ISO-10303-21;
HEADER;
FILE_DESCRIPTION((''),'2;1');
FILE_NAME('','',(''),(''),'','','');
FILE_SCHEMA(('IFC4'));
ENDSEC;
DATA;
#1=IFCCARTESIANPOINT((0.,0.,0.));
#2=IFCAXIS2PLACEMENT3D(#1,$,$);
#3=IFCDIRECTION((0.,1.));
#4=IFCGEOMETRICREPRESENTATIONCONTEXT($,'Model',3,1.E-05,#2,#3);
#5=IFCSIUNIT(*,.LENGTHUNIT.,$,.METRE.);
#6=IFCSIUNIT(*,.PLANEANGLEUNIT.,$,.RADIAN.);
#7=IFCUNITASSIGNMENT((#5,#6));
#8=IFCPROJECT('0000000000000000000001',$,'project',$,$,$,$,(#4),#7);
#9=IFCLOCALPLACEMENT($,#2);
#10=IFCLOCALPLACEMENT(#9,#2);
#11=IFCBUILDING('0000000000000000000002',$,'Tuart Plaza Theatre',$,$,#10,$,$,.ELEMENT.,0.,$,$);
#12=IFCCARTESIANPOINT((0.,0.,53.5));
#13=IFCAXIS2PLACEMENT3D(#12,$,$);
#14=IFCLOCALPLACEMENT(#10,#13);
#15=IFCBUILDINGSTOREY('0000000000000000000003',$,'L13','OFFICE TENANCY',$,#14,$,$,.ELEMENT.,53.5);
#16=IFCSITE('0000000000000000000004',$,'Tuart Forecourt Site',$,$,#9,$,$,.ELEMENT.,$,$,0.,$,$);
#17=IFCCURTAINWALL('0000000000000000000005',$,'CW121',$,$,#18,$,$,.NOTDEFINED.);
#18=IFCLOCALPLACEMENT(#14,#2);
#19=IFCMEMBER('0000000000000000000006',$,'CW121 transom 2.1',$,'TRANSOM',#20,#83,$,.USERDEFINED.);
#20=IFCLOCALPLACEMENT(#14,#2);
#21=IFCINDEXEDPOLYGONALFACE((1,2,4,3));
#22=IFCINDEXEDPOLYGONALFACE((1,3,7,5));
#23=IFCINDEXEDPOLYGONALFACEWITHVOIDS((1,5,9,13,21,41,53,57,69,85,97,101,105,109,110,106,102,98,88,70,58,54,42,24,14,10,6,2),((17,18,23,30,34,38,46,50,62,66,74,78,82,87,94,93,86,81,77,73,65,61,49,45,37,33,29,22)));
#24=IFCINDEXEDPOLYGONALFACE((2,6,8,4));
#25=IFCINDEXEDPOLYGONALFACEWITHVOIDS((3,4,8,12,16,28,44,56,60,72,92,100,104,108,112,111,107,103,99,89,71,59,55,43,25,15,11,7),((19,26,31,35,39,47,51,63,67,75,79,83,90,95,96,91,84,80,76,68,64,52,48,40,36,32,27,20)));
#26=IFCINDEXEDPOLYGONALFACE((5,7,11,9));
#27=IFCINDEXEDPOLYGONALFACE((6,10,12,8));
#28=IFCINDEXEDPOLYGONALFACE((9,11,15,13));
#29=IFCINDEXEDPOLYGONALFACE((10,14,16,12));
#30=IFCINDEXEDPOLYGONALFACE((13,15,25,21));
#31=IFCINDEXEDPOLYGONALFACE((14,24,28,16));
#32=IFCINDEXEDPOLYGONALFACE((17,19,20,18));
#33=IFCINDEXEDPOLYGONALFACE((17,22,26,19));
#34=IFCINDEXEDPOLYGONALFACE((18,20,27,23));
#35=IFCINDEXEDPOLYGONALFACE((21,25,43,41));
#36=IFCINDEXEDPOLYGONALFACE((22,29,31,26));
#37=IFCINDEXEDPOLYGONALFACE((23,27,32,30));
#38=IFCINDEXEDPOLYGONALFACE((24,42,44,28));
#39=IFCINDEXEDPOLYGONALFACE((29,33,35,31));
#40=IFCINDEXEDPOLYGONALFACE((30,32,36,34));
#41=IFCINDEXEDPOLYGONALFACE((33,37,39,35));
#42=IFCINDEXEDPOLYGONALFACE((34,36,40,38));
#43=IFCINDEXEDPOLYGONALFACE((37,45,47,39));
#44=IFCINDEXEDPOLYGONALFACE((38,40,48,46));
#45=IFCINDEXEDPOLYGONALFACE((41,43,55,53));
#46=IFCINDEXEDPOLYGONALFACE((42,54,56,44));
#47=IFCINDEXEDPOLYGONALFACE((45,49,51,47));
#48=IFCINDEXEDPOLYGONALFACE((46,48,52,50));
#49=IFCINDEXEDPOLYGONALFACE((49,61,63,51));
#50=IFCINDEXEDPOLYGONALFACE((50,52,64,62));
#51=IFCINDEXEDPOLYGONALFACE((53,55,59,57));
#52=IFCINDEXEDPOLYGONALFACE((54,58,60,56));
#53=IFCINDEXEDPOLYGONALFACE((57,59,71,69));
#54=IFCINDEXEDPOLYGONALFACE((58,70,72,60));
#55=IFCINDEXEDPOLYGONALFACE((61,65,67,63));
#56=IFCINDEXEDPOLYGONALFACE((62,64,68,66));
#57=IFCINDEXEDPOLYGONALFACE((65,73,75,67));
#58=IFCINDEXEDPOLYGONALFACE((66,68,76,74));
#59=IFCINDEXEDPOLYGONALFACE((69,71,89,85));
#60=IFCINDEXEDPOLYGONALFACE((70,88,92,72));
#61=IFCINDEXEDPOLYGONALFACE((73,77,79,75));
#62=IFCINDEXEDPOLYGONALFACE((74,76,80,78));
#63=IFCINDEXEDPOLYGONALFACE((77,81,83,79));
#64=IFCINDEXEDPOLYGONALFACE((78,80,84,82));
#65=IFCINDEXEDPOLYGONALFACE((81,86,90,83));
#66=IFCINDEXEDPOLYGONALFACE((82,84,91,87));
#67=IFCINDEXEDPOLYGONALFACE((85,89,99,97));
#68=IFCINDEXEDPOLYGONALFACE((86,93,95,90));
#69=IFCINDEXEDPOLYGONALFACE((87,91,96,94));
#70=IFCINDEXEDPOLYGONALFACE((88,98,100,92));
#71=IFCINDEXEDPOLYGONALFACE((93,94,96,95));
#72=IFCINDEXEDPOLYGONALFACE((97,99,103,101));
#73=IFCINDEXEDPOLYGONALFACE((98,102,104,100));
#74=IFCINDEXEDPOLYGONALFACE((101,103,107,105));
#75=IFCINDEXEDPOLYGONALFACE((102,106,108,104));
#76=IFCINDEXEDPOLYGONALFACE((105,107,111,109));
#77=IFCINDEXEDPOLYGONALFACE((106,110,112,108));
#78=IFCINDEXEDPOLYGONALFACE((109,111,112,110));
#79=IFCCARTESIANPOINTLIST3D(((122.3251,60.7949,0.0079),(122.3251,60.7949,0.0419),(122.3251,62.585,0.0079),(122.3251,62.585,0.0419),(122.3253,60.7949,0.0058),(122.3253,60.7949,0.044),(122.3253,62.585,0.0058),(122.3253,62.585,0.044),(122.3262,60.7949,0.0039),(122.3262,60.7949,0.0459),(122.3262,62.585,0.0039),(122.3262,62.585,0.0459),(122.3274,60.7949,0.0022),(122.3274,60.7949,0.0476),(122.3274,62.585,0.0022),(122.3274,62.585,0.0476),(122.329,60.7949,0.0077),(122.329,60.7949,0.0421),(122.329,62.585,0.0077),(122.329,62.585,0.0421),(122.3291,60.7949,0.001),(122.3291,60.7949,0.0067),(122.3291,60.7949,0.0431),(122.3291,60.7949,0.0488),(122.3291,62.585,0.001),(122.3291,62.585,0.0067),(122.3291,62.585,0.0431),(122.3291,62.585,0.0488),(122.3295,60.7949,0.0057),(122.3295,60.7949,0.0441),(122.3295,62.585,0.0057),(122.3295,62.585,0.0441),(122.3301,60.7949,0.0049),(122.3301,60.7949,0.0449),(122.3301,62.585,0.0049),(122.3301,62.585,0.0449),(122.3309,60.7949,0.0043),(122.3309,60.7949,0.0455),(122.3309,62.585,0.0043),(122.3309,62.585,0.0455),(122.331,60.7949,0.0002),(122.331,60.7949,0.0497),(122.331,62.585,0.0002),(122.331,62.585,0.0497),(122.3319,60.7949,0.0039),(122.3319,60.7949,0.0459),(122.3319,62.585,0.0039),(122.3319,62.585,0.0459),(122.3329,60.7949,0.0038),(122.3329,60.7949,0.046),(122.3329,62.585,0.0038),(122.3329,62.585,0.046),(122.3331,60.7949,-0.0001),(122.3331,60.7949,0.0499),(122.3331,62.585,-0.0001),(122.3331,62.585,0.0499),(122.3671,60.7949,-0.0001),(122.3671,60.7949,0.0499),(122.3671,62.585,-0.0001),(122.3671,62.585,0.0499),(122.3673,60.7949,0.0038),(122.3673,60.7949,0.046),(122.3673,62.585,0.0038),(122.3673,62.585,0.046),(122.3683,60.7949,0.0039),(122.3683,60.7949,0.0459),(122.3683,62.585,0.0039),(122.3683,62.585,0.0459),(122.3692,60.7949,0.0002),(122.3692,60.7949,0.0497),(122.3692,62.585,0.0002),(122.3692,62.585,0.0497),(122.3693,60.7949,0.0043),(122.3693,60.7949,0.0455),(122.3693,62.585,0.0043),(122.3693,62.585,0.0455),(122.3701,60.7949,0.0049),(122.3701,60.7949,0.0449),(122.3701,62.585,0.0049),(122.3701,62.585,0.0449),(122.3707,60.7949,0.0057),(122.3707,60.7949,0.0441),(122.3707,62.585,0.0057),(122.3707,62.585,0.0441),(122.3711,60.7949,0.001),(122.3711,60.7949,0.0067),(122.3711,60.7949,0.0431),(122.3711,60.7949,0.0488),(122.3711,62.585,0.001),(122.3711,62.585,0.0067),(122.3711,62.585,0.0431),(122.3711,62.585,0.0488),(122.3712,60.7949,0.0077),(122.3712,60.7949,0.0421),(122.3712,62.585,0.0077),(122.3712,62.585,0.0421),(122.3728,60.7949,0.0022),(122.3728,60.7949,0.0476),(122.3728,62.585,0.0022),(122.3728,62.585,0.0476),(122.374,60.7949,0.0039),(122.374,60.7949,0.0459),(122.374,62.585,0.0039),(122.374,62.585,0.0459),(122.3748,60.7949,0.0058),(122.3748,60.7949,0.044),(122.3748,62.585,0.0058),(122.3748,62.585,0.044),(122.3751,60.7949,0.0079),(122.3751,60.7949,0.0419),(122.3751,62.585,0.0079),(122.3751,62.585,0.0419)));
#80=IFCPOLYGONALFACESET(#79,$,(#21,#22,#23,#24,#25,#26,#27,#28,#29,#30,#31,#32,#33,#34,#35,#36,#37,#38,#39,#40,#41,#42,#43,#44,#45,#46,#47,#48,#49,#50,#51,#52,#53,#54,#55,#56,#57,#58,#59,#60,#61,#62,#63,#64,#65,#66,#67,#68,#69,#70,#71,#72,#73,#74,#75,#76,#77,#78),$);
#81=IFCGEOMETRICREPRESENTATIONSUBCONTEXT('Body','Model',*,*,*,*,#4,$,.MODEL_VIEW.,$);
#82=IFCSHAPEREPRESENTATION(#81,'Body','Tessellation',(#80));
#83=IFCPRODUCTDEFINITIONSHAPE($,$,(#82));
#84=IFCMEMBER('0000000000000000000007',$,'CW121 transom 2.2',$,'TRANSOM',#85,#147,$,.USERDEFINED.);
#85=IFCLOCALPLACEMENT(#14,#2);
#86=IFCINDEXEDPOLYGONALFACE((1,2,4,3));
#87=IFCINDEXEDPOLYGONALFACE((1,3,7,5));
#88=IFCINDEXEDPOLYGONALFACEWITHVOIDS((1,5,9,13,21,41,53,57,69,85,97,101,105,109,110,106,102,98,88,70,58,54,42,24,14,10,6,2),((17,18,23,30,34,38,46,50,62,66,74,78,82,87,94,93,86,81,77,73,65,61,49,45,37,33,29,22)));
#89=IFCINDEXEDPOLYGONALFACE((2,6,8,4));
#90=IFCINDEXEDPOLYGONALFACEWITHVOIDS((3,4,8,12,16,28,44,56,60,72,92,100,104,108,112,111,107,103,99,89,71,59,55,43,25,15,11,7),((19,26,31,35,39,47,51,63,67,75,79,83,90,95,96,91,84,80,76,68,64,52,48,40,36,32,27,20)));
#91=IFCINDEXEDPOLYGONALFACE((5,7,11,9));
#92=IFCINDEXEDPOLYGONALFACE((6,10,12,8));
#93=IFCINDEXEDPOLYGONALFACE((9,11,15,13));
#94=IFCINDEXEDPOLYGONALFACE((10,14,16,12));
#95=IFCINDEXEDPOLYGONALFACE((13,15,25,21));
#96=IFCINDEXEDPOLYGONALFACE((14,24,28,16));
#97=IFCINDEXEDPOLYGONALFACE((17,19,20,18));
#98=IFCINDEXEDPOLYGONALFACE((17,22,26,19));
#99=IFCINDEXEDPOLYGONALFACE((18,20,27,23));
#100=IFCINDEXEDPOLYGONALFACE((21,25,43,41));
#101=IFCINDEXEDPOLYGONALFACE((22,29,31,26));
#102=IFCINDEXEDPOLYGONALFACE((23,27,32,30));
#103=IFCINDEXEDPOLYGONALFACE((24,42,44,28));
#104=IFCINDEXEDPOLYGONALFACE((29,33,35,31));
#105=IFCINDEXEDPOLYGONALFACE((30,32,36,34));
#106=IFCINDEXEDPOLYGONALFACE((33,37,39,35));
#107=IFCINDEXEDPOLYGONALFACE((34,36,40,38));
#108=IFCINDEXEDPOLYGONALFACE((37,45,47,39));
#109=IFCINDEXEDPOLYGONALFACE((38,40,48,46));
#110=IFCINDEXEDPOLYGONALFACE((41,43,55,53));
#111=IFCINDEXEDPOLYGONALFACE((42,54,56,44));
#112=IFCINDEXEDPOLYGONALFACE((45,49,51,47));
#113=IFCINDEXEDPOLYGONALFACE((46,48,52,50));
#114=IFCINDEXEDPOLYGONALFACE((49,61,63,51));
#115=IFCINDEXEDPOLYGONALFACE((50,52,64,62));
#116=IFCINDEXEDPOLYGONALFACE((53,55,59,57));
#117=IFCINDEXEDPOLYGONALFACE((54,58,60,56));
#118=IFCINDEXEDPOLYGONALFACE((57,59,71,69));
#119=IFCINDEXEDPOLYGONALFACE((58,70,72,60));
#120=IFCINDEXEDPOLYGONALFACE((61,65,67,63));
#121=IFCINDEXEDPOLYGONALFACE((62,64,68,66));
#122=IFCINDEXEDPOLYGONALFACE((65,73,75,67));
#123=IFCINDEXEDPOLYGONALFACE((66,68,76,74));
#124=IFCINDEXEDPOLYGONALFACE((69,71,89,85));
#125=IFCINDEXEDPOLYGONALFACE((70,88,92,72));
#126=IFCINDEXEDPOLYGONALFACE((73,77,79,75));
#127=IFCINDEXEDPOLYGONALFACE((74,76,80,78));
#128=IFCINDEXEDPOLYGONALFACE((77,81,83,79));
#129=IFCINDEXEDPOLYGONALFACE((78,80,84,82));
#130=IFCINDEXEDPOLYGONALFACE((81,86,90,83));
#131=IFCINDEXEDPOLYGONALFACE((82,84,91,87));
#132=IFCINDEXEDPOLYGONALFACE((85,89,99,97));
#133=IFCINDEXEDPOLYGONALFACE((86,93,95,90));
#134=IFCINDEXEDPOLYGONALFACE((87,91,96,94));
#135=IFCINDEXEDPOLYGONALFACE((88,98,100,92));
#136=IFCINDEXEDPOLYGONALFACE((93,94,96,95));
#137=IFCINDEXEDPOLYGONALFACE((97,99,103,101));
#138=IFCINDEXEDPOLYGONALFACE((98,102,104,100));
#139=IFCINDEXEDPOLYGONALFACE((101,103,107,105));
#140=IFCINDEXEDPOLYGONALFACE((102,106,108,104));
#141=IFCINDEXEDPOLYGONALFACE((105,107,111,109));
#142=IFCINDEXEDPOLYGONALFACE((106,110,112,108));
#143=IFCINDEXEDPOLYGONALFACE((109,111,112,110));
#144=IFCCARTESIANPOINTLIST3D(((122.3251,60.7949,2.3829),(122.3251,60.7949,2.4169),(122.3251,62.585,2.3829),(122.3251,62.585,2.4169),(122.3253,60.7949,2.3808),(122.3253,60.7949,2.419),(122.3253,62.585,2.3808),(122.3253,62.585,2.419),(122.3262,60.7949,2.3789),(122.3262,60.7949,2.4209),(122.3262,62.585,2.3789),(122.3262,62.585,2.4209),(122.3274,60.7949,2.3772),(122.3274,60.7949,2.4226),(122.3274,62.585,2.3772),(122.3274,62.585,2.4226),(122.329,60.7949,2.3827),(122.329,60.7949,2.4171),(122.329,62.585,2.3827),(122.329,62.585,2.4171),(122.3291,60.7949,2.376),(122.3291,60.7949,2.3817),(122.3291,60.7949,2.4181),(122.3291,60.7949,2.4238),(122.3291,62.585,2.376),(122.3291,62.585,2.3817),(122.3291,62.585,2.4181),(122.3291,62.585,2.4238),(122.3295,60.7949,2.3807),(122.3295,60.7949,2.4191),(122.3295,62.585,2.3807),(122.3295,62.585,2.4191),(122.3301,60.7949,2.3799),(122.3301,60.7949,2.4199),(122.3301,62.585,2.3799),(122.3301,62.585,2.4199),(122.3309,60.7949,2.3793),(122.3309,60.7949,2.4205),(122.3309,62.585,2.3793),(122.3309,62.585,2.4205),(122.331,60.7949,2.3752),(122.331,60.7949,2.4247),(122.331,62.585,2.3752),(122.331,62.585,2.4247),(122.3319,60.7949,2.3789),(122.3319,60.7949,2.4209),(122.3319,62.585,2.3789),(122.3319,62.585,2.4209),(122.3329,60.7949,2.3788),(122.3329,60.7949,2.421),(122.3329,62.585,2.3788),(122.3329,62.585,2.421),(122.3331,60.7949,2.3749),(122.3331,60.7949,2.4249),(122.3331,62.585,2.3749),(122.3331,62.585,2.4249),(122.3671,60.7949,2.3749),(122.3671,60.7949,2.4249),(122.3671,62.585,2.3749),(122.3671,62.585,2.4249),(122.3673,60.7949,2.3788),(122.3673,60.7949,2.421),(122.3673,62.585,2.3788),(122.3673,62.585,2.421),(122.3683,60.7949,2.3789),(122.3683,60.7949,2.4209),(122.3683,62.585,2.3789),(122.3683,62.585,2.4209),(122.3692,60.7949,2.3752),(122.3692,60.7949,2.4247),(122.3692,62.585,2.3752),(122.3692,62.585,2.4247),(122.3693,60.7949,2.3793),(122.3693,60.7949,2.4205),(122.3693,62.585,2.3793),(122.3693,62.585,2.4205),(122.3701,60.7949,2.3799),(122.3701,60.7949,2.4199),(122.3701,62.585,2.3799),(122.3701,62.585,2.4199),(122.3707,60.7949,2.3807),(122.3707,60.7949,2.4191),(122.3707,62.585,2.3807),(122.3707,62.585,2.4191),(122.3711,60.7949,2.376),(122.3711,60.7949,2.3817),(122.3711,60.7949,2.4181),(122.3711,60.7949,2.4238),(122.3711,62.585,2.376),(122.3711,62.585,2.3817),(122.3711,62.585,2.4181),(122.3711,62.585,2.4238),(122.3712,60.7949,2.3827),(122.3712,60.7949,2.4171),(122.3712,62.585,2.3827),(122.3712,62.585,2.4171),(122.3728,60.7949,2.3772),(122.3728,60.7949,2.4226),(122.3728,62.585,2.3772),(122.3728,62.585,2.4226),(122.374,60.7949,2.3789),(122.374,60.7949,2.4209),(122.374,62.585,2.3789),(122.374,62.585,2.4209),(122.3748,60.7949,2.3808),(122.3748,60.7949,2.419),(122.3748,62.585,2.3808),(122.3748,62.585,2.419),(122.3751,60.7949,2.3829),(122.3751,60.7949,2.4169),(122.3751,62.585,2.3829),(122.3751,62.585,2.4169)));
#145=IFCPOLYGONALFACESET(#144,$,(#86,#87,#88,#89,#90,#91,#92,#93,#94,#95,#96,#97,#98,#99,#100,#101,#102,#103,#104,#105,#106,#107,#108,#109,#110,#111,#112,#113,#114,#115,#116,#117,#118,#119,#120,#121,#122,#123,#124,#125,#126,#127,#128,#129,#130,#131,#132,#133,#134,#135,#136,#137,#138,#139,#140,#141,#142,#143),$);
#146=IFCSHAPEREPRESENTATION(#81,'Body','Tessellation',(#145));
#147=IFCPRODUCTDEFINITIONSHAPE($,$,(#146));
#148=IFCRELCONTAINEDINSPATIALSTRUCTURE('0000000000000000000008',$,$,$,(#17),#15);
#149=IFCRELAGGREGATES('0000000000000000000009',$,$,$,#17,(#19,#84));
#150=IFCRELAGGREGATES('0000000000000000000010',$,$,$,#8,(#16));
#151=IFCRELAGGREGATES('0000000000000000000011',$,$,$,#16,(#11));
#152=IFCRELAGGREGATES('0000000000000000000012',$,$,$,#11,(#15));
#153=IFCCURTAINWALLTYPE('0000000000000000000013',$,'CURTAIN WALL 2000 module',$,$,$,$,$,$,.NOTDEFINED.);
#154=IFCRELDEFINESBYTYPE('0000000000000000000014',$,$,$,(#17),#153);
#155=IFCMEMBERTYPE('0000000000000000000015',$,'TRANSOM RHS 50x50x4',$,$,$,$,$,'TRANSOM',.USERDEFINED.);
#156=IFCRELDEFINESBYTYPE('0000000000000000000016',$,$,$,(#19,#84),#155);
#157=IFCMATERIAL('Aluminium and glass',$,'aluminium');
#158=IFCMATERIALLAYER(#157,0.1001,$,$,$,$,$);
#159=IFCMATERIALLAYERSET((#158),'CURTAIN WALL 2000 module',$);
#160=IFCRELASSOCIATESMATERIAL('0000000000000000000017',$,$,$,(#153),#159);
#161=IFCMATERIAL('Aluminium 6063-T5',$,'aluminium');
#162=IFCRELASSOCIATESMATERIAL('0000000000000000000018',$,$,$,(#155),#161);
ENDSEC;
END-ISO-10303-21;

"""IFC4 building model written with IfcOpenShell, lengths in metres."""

from ifc_helpers import new_model, si_unit, direction, frame, origin, origin_2d, place, context, subcontext, project, spatial, hollow_rectangle, extrude, material, layer, layer_set, material_profile, profile_set, type_object, element, aggregate, save


model = new_model("IFC4")

# Units and contexts
model_context = context("Model", 3, precision=1e-05, world=origin(), true_north=direction((0.0, 1.0)))
body_context = subcontext(model_context, "Body", "Model", "MODEL_VIEW")
ifc_project = project(units=[si_unit("LENGTHUNIT", "METRE"), si_unit("PLANEANGLEUNIT", "RADIAN")], contexts=[model_context])

# Site, building, storey
site_placement = place(None, origin())
site = spatial("IfcSite", under=ifc_project, at=site_placement, Name="Tuart Forecourt Site", CompositionType="ELEMENT", RefElevation=0.0)
building_placement = place(site_placement, origin())
building = spatial("IfcBuilding", under=site, at=building_placement, Name="Tuart Plaza Theatre", CompositionType="ELEMENT", ElevationOfRefHeight=0.0)
storey_placement = place(building_placement, frame((0.0, 0.0, 53.5)))
storey = spatial("IfcBuildingStorey", under=building, at=storey_placement, Name="L13", Description="OFFICE TENANCY", CompositionType="ELEMENT", Elevation=53.5)

# Curtain wall
ifc_material_1 = material(Name="Aluminium and glass", Category="aluminium")
ifc_layer_1 = layer(ifc_material_1, 0.1001)
ifc_layer_set_1 = layer_set([ifc_layer_1], Name="CURTAIN WALL 2000 module")
curtain_wall_type = type_object("IfcCurtainWallType", Name="CURTAIN WALL 2000 module", PredefinedType="NOTDEFINED", material=ifc_layer_set_1)
curtain_wall_1_placement = place(storey_placement, origin())
curtain_wall_1 = element("IfcCurtainWall", 1, at=curtain_wall_1_placement, inside=storey, type_object=curtain_wall_type, Name="CW121", PredefinedType="NOTDEFINED")

# Members
ifc_material_2 = material(Name="Aluminium 6063-T5", Category="aluminium")
ifc_material_profile_1 = material_profile(ifc_material_2, hollow_rectangle(XDim=0.05, YDim=0.05, WallThickness=0.0039, InnerFilletRadius=0.0039, OuterFilletRadius=0.0081, at=origin_2d()), Name="RHS 50x50x4")
ifc_profile_set_1 = profile_set([ifc_material_profile_1], Name="Aluminium 6063-T5")
member_type_1 = type_object("IfcMemberType", Name="TRANSOM RHS 50x50x4", ElementType="TRANSOM", PredefinedType="USERDEFINED", material=ifc_profile_set_1)
member_1_placement = place(storey_placement, frame((122.3501, 62.585, 0.0249), z_axis=(0.0, -1.0, 0.0), x_axis=(1.0, 0.0, 0.0)))
member_1 = element("IfcMember", 2, at=member_1_placement, type_object=member_type_1, Name="CW121 transom 2.1", ObjectType="TRANSOM", PredefinedType="USERDEFINED", context=body_context, shape_type="SweptSolid", body=[
    extrude(hollow_rectangle(XDim=0.05, YDim=0.05, WallThickness=0.0039, InnerFilletRadius=0.0039, OuterFilletRadius=0.0081, at=origin_2d()), origin(), (0.0, 0.0, 1.0), 1.79),
])
member_2_placement = place(storey_placement, frame((122.3501, 62.585, 2.3999), z_axis=(0.0, -1.0, 0.0), x_axis=(1.0, 0.0, 0.0)))
member_2 = element("IfcMember", 3, at=member_2_placement, type_object=member_type_1, Name="CW121 transom 2.2", ObjectType="TRANSOM", PredefinedType="USERDEFINED", context=body_context, shape_type="SweptSolid", body=[
    extrude(hollow_rectangle(XDim=0.05, YDim=0.05, WallThickness=0.0039, InnerFilletRadius=0.0039, OuterFilletRadius=0.0081, at=origin_2d()), origin(), (0.0, 0.0, 1.0), 1.79),
])

aggregate(curtain_wall_1, [member_1, member_2])

save(model, "model.ifc")
